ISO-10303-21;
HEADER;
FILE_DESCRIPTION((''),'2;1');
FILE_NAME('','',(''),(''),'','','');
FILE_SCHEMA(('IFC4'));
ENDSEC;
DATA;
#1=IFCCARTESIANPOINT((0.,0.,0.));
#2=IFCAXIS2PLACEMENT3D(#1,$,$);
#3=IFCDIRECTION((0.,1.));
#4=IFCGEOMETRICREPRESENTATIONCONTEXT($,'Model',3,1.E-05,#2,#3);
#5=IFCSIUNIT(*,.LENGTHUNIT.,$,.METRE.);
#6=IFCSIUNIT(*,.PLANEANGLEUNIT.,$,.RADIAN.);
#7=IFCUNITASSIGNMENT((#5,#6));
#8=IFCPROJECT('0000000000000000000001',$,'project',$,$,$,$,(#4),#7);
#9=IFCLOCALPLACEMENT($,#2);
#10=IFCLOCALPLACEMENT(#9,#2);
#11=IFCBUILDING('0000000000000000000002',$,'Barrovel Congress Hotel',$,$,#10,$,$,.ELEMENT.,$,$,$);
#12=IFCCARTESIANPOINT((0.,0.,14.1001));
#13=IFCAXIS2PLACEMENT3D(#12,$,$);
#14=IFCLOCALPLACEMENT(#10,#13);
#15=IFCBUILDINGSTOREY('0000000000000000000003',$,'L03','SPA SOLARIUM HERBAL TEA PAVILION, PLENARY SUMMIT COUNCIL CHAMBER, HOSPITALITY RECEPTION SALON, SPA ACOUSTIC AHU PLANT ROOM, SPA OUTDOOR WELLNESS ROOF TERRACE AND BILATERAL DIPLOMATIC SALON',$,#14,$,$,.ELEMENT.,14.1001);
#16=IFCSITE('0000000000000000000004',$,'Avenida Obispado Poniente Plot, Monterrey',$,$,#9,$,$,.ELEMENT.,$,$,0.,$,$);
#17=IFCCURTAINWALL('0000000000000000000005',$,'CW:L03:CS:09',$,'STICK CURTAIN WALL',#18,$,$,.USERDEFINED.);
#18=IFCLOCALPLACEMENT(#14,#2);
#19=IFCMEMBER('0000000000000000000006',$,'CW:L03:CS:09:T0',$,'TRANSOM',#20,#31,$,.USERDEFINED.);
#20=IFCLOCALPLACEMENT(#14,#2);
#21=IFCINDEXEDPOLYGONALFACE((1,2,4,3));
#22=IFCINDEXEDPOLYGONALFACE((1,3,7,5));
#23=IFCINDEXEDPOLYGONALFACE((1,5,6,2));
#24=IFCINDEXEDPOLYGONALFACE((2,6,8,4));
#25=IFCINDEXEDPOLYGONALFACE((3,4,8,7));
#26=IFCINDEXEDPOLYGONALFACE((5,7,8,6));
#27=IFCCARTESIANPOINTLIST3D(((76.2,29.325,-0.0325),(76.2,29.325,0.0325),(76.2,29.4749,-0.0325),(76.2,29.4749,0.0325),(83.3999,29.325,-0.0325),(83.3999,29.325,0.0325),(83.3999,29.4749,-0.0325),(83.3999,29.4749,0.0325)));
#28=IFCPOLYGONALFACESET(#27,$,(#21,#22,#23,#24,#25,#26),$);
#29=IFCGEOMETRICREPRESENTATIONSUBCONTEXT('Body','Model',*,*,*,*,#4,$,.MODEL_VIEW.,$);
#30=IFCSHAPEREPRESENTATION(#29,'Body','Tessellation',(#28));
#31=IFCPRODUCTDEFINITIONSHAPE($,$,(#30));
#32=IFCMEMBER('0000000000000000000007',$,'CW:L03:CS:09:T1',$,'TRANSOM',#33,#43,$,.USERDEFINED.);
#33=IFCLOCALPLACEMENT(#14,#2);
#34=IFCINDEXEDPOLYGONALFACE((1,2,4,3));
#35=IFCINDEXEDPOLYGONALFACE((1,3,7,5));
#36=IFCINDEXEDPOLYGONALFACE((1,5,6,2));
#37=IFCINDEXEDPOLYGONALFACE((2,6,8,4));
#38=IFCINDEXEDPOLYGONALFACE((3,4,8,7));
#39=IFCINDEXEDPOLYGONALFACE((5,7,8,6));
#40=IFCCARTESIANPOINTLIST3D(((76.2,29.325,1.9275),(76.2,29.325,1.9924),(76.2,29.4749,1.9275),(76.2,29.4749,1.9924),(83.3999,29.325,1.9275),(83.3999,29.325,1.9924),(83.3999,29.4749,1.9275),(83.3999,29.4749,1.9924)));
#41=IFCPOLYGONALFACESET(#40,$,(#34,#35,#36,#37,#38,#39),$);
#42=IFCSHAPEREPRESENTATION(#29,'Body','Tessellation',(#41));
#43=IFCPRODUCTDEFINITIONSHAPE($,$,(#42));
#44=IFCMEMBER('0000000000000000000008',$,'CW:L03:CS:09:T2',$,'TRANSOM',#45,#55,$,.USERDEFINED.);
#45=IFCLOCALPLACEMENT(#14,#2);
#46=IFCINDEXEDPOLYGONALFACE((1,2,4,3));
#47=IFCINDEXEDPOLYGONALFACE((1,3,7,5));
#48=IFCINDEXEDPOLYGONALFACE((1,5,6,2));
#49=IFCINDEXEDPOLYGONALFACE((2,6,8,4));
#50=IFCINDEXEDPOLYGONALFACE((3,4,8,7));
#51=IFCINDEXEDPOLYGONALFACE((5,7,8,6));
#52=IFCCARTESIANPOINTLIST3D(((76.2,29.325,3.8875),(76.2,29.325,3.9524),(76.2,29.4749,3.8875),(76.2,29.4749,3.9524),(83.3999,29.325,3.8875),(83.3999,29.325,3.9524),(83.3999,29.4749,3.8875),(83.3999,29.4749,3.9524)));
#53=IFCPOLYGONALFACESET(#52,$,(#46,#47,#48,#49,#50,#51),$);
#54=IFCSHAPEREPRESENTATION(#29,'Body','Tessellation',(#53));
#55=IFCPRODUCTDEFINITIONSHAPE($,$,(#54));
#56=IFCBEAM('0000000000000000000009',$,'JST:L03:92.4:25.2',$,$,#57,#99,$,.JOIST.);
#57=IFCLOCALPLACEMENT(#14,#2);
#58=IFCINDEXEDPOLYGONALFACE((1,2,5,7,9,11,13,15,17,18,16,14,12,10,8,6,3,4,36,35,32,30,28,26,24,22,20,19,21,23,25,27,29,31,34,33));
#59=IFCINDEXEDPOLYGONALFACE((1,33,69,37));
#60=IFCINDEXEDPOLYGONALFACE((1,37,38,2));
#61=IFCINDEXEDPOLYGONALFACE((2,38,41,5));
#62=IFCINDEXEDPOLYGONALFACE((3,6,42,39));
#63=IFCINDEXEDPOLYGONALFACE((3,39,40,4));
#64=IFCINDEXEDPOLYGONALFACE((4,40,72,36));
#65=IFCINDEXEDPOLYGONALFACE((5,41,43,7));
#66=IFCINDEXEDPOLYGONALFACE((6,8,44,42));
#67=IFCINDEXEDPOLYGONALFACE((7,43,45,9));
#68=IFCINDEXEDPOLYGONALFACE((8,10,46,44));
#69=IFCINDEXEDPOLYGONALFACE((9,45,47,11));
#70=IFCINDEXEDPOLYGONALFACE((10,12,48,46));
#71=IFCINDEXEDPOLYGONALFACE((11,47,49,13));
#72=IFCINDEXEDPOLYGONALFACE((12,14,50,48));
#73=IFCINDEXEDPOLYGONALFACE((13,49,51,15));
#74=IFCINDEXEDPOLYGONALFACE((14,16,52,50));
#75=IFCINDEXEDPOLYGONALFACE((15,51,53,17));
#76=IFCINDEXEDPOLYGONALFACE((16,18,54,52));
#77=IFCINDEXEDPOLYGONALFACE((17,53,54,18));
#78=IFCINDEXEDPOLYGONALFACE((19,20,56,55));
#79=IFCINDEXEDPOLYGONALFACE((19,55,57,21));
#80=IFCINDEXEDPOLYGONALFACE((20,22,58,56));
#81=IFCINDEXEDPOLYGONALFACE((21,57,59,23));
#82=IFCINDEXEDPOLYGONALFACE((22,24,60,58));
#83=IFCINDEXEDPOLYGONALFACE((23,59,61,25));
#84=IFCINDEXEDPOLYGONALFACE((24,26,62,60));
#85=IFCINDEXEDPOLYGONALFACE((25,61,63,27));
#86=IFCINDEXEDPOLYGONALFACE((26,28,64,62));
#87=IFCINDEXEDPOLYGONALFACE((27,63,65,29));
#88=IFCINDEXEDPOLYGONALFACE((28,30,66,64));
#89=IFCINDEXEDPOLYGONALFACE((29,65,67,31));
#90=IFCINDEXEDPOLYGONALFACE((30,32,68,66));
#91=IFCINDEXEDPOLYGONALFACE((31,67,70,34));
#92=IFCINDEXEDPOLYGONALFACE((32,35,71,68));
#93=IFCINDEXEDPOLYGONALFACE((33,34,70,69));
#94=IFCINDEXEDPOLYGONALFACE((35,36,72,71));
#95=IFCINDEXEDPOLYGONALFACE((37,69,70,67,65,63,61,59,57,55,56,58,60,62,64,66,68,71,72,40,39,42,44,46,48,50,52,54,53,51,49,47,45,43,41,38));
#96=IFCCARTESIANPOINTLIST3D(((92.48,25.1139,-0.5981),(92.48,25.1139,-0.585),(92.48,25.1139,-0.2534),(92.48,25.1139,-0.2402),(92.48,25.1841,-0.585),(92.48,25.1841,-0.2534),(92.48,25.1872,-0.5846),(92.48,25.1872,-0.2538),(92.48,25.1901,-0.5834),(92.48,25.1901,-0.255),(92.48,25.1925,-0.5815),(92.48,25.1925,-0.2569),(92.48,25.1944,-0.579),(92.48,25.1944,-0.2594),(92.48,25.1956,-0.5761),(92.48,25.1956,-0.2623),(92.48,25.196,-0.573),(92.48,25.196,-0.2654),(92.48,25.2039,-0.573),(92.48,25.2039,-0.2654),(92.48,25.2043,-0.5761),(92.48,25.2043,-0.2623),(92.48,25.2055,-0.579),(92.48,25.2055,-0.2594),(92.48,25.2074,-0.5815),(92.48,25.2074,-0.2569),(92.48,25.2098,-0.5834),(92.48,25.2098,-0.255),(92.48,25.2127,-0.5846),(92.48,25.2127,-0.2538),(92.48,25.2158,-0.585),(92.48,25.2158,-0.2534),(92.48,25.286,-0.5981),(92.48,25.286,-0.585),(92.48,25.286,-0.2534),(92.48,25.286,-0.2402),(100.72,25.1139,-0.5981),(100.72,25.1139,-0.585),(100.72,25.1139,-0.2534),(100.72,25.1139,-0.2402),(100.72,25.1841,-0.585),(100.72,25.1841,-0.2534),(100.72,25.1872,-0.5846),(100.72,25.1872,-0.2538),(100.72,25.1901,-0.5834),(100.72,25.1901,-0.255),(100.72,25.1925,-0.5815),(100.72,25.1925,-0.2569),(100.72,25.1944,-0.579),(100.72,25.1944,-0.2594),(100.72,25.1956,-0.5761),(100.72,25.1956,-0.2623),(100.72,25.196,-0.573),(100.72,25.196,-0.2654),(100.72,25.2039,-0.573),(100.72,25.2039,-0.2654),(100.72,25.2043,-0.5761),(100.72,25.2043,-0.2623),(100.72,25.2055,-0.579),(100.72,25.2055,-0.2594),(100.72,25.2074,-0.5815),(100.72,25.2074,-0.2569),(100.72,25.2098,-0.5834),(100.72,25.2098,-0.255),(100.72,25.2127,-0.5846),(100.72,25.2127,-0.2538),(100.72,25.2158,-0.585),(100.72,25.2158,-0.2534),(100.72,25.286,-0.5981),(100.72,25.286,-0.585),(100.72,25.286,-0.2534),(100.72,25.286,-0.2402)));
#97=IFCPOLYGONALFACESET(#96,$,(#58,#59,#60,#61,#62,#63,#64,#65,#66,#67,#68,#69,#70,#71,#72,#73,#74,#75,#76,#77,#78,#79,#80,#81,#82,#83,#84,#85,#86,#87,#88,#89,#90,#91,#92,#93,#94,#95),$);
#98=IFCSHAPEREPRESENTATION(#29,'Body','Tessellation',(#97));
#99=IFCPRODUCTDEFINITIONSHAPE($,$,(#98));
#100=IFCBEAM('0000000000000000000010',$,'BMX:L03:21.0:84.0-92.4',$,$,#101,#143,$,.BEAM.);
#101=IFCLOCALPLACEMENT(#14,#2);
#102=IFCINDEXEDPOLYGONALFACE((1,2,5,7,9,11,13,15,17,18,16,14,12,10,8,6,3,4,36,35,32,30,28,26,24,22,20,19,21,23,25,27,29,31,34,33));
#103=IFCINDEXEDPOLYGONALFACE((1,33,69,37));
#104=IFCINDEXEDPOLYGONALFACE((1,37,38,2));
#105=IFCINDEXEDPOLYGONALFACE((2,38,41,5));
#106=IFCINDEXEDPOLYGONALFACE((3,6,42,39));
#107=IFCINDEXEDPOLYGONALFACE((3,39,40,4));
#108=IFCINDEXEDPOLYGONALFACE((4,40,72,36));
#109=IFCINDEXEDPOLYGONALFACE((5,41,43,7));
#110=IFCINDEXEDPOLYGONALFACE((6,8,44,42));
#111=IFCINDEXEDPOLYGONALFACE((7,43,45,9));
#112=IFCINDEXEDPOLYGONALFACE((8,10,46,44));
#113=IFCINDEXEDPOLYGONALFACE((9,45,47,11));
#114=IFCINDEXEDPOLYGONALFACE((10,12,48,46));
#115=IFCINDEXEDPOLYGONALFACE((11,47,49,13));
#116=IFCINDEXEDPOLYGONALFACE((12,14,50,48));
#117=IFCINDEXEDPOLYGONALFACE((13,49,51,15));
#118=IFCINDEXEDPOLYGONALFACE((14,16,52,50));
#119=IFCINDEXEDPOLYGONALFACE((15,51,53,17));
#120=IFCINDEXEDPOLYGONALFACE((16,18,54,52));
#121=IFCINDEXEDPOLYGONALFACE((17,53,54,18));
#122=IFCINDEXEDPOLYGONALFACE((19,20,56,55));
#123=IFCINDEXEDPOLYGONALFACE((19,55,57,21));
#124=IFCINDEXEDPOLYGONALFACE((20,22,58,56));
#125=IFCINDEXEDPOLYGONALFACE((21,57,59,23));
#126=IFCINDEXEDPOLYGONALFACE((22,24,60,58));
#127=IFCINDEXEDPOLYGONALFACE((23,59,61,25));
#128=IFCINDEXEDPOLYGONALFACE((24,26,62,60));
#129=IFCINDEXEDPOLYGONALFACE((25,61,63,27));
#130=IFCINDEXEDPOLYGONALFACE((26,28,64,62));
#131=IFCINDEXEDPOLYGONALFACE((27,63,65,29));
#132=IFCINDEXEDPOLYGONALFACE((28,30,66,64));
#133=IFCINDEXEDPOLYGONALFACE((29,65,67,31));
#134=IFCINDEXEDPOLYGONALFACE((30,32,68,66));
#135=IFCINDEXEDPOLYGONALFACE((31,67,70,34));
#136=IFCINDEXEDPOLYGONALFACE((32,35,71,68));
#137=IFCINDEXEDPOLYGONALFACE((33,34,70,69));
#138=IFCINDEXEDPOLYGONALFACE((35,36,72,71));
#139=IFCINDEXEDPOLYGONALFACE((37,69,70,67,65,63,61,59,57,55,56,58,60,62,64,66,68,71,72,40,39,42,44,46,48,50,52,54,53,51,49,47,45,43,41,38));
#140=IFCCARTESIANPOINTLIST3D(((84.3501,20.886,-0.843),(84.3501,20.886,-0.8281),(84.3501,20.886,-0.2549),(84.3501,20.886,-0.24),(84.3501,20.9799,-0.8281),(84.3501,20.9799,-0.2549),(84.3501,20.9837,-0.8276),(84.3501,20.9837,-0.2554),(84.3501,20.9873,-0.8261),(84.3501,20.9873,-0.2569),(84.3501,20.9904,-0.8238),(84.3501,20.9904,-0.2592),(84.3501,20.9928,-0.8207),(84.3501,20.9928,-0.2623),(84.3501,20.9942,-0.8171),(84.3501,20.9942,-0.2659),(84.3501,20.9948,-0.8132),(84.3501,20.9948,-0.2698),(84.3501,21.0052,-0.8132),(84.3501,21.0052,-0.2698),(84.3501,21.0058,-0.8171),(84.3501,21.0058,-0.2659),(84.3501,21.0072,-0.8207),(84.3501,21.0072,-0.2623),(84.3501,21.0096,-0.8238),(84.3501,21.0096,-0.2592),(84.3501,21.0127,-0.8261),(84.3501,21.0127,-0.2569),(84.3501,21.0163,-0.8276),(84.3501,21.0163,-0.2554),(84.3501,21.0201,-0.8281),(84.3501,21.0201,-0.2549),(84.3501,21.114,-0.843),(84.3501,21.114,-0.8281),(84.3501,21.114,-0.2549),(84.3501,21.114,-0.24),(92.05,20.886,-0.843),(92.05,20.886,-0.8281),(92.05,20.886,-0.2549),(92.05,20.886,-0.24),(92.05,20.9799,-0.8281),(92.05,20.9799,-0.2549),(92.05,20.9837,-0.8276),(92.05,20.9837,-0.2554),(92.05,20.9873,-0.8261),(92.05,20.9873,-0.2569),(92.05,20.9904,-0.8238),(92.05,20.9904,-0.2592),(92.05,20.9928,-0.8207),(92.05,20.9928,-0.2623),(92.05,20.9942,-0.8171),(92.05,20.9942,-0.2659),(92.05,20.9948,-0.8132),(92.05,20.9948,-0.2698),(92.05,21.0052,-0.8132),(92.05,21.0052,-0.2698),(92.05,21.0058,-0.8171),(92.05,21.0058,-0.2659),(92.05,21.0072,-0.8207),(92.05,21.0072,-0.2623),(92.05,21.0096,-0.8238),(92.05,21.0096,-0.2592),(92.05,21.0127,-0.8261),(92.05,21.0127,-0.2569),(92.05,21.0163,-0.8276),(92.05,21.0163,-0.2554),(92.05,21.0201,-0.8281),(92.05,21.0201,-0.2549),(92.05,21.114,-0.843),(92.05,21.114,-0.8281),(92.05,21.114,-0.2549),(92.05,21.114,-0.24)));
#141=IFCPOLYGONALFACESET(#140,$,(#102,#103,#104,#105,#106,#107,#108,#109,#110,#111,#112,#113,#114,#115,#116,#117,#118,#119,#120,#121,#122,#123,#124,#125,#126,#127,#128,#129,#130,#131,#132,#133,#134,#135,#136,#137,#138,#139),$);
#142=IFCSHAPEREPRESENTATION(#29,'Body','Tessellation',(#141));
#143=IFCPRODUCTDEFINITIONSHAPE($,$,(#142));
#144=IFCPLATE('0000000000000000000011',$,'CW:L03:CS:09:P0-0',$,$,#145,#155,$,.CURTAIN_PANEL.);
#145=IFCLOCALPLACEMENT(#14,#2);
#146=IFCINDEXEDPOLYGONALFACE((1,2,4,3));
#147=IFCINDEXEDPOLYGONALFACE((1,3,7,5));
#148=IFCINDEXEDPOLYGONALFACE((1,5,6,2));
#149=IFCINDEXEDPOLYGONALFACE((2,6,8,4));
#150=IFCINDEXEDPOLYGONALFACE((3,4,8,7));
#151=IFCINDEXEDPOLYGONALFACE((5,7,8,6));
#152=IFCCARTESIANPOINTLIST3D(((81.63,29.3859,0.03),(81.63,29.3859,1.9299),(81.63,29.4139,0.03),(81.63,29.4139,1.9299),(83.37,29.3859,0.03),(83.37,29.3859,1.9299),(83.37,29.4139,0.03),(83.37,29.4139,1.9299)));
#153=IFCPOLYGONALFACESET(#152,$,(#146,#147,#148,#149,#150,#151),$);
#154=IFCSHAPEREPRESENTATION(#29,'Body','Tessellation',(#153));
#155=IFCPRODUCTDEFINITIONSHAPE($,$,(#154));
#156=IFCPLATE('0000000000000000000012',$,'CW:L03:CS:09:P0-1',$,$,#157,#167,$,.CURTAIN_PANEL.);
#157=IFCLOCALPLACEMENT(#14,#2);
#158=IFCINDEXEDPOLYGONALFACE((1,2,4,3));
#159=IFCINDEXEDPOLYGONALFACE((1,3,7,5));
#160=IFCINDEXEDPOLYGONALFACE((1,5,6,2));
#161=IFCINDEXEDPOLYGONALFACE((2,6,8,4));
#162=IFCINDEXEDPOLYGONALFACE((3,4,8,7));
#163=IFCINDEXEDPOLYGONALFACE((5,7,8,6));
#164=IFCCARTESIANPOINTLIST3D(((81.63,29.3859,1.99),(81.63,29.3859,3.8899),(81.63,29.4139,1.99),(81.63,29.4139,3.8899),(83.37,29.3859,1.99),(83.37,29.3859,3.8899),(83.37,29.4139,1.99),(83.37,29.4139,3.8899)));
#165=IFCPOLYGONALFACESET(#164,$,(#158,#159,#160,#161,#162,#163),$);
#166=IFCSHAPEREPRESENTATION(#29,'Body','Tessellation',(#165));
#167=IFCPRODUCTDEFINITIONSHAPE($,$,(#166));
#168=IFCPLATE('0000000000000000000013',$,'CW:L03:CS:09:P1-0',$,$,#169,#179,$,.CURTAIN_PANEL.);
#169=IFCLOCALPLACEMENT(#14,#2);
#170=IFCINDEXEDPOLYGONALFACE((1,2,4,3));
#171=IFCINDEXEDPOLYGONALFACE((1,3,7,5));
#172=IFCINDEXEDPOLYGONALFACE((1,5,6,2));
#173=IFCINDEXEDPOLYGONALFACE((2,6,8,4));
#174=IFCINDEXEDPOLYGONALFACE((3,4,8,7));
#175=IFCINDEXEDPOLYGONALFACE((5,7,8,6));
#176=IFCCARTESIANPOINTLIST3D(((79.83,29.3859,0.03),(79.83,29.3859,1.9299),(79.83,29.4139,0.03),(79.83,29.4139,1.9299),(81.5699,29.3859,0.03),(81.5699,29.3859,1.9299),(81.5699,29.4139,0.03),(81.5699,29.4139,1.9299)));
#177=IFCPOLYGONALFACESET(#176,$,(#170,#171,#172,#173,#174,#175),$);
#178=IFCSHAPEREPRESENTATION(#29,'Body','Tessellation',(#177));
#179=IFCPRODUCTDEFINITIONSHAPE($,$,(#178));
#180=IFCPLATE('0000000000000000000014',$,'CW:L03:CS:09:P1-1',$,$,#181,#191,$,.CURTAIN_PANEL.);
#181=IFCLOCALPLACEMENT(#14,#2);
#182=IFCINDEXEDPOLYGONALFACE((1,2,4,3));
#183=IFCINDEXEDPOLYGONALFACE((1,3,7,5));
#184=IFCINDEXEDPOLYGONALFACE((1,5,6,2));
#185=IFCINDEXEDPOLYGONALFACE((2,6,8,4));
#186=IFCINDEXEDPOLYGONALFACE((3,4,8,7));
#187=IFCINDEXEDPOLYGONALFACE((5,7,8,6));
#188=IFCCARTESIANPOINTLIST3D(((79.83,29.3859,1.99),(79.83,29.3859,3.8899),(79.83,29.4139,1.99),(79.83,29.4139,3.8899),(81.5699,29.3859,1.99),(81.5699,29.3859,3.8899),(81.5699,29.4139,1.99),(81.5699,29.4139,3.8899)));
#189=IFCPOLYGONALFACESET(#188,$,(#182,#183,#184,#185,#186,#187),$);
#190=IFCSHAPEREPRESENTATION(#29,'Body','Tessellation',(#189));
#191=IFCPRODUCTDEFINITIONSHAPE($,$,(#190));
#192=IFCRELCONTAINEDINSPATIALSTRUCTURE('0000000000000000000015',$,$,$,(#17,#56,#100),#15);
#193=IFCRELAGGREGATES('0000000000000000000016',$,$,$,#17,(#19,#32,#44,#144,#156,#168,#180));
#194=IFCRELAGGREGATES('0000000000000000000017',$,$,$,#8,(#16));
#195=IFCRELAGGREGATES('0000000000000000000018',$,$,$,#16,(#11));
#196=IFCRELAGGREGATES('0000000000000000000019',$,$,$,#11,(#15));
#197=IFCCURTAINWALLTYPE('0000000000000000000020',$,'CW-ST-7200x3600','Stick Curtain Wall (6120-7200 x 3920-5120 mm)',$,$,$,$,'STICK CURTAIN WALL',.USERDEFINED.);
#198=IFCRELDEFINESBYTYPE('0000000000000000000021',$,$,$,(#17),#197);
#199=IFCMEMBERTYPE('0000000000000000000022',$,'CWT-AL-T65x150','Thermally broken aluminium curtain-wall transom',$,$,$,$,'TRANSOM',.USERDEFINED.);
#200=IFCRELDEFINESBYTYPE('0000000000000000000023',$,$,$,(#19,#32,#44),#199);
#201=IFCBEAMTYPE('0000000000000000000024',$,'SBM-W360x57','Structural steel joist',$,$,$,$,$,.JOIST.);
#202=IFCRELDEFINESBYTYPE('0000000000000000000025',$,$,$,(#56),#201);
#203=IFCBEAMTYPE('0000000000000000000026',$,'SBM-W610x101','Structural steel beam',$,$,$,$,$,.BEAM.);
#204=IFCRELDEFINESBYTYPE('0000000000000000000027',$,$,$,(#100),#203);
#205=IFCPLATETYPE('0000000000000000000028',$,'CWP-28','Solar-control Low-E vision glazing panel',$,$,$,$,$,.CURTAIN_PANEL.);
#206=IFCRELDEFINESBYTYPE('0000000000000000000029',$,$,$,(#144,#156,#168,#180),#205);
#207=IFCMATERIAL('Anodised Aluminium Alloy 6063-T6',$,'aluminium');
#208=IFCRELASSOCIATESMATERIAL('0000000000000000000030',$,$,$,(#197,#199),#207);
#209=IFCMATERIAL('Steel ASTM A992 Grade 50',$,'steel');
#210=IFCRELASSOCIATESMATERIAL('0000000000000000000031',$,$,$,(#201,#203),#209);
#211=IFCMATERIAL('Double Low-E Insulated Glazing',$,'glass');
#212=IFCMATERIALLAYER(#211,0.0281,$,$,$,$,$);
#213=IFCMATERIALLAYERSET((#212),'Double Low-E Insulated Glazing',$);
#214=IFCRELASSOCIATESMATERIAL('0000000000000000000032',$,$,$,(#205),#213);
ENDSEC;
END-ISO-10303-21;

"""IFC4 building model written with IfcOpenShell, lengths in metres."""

from ifc_helpers import new_model, si_unit, direction, frame, origin, origin_2d, place, context, subcontext, project, spatial, rectangle, i_section, extrude, material, layer, layer_set, material_profile, profile_set, type_object, element, aggregate, save


model = new_model("IFC4")

# Units and contexts
model_context = context("Model", 3, precision=1e-05, world=origin(), true_north=direction((0.0, 1.0)))
body_context = subcontext(model_context, "Body", "Model", "MODEL_VIEW")
ifc_project = project(units=[si_unit("LENGTHUNIT", "METRE"), si_unit("PLANEANGLEUNIT", "RADIAN")], contexts=[model_context])

# Site, building, storey
site_placement = place(None, origin())
site = spatial("IfcSite", under=ifc_project, at=site_placement, Name="Avenida Obispado Poniente Plot, Monterrey", CompositionType="ELEMENT", RefElevation=0.0)
building_placement = place(site_placement, origin())
building = spatial("IfcBuilding", under=site, at=building_placement, Name="Barrovel Congress Hotel", CompositionType="ELEMENT")
storey_placement = place(building_placement, frame((0.0, 0.0, 14.1001)))
storey = spatial("IfcBuildingStorey", under=building, at=storey_placement, Name="L03", Description="SPA SOLARIUM HERBAL TEA PAVILION, PLENARY SUMMIT COUNCIL CHAMBER, HOSPITALITY RECEPTION SALON, SPA ACOUSTIC AHU PLANT ROOM, SPA OUTDOOR WELLNESS ROOF TERRACE AND BILATERAL DIPLOMATIC SALON", CompositionType="ELEMENT", Elevation=14.1001)

# Curtain wall, members
ifc_material_1 = material(Name="Anodised Aluminium Alloy 6063-T6", Category="aluminium")
curtain_wall_type = type_object("IfcCurtainWallType", Name="CW-ST-7200x3600", Description="Stick Curtain Wall (6120-7200 x 3920-5120 mm)", ElementType="STICK CURTAIN WALL", PredefinedType="USERDEFINED", material=ifc_material_1)
curtain_wall_1_placement = place(storey_placement, origin())
curtain_wall_1 = element("IfcCurtainWall", 1, at=curtain_wall_1_placement, inside=storey, type_object=curtain_wall_type, Name="CW:L03:CS:09", ObjectType="STICK CURTAIN WALL", PredefinedType="USERDEFINED")
ifc_material_profile_1 = material_profile(ifc_material_1, rectangle(XDim=0.1499, YDim=0.0649, at=origin_2d()), Name="AL-T65x150")
ifc_profile_set_1 = profile_set([ifc_material_profile_1], Name="Anodised Aluminium Alloy 6063-T6")
member_type_1 = type_object("IfcMemberType", Name="CWT-AL-T65x150", Description="Thermally broken aluminium curtain-wall transom", ElementType="TRANSOM", PredefinedType="USERDEFINED", material=ifc_profile_set_1)
member_1_placement = place(storey_placement, frame((83.3999, 29.3999, 0.0), z_axis=(-1.0, 0.0, 0.0), x_axis=(0.0, -1.0, 0.0)))
member_1 = element("IfcMember", 2, at=member_1_placement, type_object=member_type_1, Name="CW:L03:CS:09:T0", ObjectType="TRANSOM", PredefinedType="USERDEFINED", context=body_context, shape_type="SweptSolid", body=[
    extrude(rectangle(XDim=0.1499, YDim=0.0649, at=origin_2d()), origin(), (0.0, 0.0, 1.0), 7.2),
])
member_2_placement = place(storey_placement, frame((83.3999, 29.3999, 1.96), z_axis=(-1.0, 0.0, 0.0), x_axis=(0.0, -1.0, 0.0)))
member_2 = element("IfcMember", 3, at=member_2_placement, type_object=member_type_1, Name="CW:L03:CS:09:T1", ObjectType="TRANSOM", PredefinedType="USERDEFINED", context=body_context, shape_type="SweptSolid", body=[
    extrude(rectangle(XDim=0.1499, YDim=0.0649, at=origin_2d()), origin(), (0.0, 0.0, 1.0), 7.2),
])
member_3_placement = place(storey_placement, frame((83.3999, 29.3999, 3.9199), z_axis=(-1.0, 0.0, 0.0), x_axis=(0.0, -1.0, 0.0)))
member_3 = element("IfcMember", 4, at=member_3_placement, type_object=member_type_1, Name="CW:L03:CS:09:T2", ObjectType="TRANSOM", PredefinedType="USERDEFINED", context=body_context, shape_type="SweptSolid", body=[
    extrude(rectangle(XDim=0.1499, YDim=0.0649, at=origin_2d()), origin(), (0.0, 0.0, 1.0), 7.2),
])

# Beams
ifc_material_2 = material(Name="Steel ASTM A992 Grade 50", Category="steel")
ifc_material_profile_2 = material_profile(ifc_material_2, i_section(OverallWidth=0.1721, OverallDepth=0.3579, WebThickness=0.0078, FlangeThickness=0.0132, FilletRadius=0.012, at=origin_2d()), Name="W360x57")
ifc_profile_set_2 = profile_set([ifc_material_profile_2], Name="Steel ASTM A992 Grade 50")
beam_type_1 = type_object("IfcBeamType", Name="SBM-W360x57", Description="Structural steel joist", PredefinedType="JOIST", material=ifc_profile_set_2)
beam_1_placement = place(storey_placement, frame((92.48, 25.2, -0.4192), z_axis=(1.0, 0.0, 0.0), x_axis=(0.0, 1.0, 0.0)))
element("IfcBeam", 5, at=beam_1_placement, inside=storey, type_object=beam_type_1, Name="JST:L03:92.4:25.2", PredefinedType="JOIST", context=body_context, shape_type="SweptSolid", body=[
    extrude(i_section(OverallWidth=0.1721, OverallDepth=0.3579, WebThickness=0.0078, FlangeThickness=0.0132, FilletRadius=0.012, at=origin_2d()), origin(), (0.0, 0.0, 1.0), 8.24),
])
ifc_material_profile_3 = material_profile(ifc_material_2, i_section(OverallWidth=0.228, OverallDepth=0.603, WebThickness=0.0105, FlangeThickness=0.0149, FilletRadius=0.0149, at=origin_2d()), Name="W610x101")
ifc_profile_set_3 = profile_set([ifc_material_profile_3], Name="Steel ASTM A992 Grade 50")
beam_type_2 = type_object("IfcBeamType", Name="SBM-W610x101", Description="Structural steel beam", PredefinedType="BEAM", material=ifc_profile_set_3)
beam_2_placement = place(storey_placement, frame((84.3501, 21.0, -0.5415), z_axis=(1.0, 0.0, 0.0), x_axis=(0.0, 1.0, 0.0)))
element("IfcBeam", 6, at=beam_2_placement, inside=storey, type_object=beam_type_2, Name="BMX:L03:21.0:84.0-92.4", PredefinedType="BEAM", context=body_context, shape_type="SweptSolid", body=[
    extrude(i_section(OverallWidth=0.228, OverallDepth=0.603, WebThickness=0.0105, FlangeThickness=0.0149, FilletRadius=0.0149, at=origin_2d()), origin(), (0.0, 0.0, 1.0), 7.7),
])

# Plates
ifc_material_3 = material(Name="Double Low-E Insulated Glazing", Category="glass")
ifc_layer_1 = layer(ifc_material_3, 0.0281)
ifc_layer_set_1 = layer_set([ifc_layer_1], Name="Double Low-E Insulated Glazing")
plate_type_1 = type_object("IfcPlateType", Name="CWP-28", Description="Solar-control Low-E vision glazing panel", PredefinedType="CURTAIN_PANEL", material=ifc_layer_set_1)
plate_1_placement = place(storey_placement, frame((82.5, 29.3999, 0.03), z_axis=(0.0, 0.0, 1.0), x_axis=(-1.0, 0.0, 0.0)))
plate_1 = element("IfcPlate", 7, at=plate_1_placement, type_object=plate_type_1, Name="CW:L03:CS:09:P0-0", PredefinedType="CURTAIN_PANEL", context=body_context, shape_type="SweptSolid", body=[
    extrude(rectangle(XDim=1.74, YDim=0.0281, at=origin_2d()), origin(), (0.0, 0.0, 1.0), 1.8999),
])
plate_2_placement = place(storey_placement, frame((82.5, 29.3999, 1.99), z_axis=(0.0, 0.0, 1.0), x_axis=(-1.0, 0.0, 0.0)))
plate_2 = element("IfcPlate", 8, at=plate_2_placement, type_object=plate_type_1, Name="CW:L03:CS:09:P0-1", PredefinedType="CURTAIN_PANEL", context=body_context, shape_type="SweptSolid", body=[
    extrude(rectangle(XDim=1.74, YDim=0.0281, at=origin_2d()), origin(), (0.0, 0.0, 1.0), 1.8999),
])
plate_3_placement = place(storey_placement, frame((80.7, 29.3999, 0.03), z_axis=(0.0, 0.0, 1.0), x_axis=(-1.0, 0.0, 0.0)))
plate_3 = element("IfcPlate", 9, at=plate_3_placement, type_object=plate_type_1, Name="CW:L03:CS:09:P1-0", PredefinedType="CURTAIN_PANEL", context=body_context, shape_type="SweptSolid", body=[
    extrude(rectangle(XDim=1.74, YDim=0.0281, at=origin_2d()), origin(), (0.0, 0.0, 1.0), 1.8999),
])
plate_4_placement = place(storey_placement, frame((80.7, 29.3999, 1.99), z_axis=(0.0, 0.0, 1.0), x_axis=(-1.0, 0.0, 0.0)))
plate_4 = element("IfcPlate", 10, at=plate_4_placement, type_object=plate_type_1, Name="CW:L03:CS:09:P1-1", PredefinedType="CURTAIN_PANEL", context=body_context, shape_type="SweptSolid", body=[
    extrude(rectangle(XDim=1.74, YDim=0.0281, at=origin_2d()), origin(), (0.0, 0.0, 1.0), 1.8999),
])
aggregate(curtain_wall_1, [member_1, member_2, member_3, plate_1, plate_2, plate_3, plate_4])

save(model, "model.ifc")
